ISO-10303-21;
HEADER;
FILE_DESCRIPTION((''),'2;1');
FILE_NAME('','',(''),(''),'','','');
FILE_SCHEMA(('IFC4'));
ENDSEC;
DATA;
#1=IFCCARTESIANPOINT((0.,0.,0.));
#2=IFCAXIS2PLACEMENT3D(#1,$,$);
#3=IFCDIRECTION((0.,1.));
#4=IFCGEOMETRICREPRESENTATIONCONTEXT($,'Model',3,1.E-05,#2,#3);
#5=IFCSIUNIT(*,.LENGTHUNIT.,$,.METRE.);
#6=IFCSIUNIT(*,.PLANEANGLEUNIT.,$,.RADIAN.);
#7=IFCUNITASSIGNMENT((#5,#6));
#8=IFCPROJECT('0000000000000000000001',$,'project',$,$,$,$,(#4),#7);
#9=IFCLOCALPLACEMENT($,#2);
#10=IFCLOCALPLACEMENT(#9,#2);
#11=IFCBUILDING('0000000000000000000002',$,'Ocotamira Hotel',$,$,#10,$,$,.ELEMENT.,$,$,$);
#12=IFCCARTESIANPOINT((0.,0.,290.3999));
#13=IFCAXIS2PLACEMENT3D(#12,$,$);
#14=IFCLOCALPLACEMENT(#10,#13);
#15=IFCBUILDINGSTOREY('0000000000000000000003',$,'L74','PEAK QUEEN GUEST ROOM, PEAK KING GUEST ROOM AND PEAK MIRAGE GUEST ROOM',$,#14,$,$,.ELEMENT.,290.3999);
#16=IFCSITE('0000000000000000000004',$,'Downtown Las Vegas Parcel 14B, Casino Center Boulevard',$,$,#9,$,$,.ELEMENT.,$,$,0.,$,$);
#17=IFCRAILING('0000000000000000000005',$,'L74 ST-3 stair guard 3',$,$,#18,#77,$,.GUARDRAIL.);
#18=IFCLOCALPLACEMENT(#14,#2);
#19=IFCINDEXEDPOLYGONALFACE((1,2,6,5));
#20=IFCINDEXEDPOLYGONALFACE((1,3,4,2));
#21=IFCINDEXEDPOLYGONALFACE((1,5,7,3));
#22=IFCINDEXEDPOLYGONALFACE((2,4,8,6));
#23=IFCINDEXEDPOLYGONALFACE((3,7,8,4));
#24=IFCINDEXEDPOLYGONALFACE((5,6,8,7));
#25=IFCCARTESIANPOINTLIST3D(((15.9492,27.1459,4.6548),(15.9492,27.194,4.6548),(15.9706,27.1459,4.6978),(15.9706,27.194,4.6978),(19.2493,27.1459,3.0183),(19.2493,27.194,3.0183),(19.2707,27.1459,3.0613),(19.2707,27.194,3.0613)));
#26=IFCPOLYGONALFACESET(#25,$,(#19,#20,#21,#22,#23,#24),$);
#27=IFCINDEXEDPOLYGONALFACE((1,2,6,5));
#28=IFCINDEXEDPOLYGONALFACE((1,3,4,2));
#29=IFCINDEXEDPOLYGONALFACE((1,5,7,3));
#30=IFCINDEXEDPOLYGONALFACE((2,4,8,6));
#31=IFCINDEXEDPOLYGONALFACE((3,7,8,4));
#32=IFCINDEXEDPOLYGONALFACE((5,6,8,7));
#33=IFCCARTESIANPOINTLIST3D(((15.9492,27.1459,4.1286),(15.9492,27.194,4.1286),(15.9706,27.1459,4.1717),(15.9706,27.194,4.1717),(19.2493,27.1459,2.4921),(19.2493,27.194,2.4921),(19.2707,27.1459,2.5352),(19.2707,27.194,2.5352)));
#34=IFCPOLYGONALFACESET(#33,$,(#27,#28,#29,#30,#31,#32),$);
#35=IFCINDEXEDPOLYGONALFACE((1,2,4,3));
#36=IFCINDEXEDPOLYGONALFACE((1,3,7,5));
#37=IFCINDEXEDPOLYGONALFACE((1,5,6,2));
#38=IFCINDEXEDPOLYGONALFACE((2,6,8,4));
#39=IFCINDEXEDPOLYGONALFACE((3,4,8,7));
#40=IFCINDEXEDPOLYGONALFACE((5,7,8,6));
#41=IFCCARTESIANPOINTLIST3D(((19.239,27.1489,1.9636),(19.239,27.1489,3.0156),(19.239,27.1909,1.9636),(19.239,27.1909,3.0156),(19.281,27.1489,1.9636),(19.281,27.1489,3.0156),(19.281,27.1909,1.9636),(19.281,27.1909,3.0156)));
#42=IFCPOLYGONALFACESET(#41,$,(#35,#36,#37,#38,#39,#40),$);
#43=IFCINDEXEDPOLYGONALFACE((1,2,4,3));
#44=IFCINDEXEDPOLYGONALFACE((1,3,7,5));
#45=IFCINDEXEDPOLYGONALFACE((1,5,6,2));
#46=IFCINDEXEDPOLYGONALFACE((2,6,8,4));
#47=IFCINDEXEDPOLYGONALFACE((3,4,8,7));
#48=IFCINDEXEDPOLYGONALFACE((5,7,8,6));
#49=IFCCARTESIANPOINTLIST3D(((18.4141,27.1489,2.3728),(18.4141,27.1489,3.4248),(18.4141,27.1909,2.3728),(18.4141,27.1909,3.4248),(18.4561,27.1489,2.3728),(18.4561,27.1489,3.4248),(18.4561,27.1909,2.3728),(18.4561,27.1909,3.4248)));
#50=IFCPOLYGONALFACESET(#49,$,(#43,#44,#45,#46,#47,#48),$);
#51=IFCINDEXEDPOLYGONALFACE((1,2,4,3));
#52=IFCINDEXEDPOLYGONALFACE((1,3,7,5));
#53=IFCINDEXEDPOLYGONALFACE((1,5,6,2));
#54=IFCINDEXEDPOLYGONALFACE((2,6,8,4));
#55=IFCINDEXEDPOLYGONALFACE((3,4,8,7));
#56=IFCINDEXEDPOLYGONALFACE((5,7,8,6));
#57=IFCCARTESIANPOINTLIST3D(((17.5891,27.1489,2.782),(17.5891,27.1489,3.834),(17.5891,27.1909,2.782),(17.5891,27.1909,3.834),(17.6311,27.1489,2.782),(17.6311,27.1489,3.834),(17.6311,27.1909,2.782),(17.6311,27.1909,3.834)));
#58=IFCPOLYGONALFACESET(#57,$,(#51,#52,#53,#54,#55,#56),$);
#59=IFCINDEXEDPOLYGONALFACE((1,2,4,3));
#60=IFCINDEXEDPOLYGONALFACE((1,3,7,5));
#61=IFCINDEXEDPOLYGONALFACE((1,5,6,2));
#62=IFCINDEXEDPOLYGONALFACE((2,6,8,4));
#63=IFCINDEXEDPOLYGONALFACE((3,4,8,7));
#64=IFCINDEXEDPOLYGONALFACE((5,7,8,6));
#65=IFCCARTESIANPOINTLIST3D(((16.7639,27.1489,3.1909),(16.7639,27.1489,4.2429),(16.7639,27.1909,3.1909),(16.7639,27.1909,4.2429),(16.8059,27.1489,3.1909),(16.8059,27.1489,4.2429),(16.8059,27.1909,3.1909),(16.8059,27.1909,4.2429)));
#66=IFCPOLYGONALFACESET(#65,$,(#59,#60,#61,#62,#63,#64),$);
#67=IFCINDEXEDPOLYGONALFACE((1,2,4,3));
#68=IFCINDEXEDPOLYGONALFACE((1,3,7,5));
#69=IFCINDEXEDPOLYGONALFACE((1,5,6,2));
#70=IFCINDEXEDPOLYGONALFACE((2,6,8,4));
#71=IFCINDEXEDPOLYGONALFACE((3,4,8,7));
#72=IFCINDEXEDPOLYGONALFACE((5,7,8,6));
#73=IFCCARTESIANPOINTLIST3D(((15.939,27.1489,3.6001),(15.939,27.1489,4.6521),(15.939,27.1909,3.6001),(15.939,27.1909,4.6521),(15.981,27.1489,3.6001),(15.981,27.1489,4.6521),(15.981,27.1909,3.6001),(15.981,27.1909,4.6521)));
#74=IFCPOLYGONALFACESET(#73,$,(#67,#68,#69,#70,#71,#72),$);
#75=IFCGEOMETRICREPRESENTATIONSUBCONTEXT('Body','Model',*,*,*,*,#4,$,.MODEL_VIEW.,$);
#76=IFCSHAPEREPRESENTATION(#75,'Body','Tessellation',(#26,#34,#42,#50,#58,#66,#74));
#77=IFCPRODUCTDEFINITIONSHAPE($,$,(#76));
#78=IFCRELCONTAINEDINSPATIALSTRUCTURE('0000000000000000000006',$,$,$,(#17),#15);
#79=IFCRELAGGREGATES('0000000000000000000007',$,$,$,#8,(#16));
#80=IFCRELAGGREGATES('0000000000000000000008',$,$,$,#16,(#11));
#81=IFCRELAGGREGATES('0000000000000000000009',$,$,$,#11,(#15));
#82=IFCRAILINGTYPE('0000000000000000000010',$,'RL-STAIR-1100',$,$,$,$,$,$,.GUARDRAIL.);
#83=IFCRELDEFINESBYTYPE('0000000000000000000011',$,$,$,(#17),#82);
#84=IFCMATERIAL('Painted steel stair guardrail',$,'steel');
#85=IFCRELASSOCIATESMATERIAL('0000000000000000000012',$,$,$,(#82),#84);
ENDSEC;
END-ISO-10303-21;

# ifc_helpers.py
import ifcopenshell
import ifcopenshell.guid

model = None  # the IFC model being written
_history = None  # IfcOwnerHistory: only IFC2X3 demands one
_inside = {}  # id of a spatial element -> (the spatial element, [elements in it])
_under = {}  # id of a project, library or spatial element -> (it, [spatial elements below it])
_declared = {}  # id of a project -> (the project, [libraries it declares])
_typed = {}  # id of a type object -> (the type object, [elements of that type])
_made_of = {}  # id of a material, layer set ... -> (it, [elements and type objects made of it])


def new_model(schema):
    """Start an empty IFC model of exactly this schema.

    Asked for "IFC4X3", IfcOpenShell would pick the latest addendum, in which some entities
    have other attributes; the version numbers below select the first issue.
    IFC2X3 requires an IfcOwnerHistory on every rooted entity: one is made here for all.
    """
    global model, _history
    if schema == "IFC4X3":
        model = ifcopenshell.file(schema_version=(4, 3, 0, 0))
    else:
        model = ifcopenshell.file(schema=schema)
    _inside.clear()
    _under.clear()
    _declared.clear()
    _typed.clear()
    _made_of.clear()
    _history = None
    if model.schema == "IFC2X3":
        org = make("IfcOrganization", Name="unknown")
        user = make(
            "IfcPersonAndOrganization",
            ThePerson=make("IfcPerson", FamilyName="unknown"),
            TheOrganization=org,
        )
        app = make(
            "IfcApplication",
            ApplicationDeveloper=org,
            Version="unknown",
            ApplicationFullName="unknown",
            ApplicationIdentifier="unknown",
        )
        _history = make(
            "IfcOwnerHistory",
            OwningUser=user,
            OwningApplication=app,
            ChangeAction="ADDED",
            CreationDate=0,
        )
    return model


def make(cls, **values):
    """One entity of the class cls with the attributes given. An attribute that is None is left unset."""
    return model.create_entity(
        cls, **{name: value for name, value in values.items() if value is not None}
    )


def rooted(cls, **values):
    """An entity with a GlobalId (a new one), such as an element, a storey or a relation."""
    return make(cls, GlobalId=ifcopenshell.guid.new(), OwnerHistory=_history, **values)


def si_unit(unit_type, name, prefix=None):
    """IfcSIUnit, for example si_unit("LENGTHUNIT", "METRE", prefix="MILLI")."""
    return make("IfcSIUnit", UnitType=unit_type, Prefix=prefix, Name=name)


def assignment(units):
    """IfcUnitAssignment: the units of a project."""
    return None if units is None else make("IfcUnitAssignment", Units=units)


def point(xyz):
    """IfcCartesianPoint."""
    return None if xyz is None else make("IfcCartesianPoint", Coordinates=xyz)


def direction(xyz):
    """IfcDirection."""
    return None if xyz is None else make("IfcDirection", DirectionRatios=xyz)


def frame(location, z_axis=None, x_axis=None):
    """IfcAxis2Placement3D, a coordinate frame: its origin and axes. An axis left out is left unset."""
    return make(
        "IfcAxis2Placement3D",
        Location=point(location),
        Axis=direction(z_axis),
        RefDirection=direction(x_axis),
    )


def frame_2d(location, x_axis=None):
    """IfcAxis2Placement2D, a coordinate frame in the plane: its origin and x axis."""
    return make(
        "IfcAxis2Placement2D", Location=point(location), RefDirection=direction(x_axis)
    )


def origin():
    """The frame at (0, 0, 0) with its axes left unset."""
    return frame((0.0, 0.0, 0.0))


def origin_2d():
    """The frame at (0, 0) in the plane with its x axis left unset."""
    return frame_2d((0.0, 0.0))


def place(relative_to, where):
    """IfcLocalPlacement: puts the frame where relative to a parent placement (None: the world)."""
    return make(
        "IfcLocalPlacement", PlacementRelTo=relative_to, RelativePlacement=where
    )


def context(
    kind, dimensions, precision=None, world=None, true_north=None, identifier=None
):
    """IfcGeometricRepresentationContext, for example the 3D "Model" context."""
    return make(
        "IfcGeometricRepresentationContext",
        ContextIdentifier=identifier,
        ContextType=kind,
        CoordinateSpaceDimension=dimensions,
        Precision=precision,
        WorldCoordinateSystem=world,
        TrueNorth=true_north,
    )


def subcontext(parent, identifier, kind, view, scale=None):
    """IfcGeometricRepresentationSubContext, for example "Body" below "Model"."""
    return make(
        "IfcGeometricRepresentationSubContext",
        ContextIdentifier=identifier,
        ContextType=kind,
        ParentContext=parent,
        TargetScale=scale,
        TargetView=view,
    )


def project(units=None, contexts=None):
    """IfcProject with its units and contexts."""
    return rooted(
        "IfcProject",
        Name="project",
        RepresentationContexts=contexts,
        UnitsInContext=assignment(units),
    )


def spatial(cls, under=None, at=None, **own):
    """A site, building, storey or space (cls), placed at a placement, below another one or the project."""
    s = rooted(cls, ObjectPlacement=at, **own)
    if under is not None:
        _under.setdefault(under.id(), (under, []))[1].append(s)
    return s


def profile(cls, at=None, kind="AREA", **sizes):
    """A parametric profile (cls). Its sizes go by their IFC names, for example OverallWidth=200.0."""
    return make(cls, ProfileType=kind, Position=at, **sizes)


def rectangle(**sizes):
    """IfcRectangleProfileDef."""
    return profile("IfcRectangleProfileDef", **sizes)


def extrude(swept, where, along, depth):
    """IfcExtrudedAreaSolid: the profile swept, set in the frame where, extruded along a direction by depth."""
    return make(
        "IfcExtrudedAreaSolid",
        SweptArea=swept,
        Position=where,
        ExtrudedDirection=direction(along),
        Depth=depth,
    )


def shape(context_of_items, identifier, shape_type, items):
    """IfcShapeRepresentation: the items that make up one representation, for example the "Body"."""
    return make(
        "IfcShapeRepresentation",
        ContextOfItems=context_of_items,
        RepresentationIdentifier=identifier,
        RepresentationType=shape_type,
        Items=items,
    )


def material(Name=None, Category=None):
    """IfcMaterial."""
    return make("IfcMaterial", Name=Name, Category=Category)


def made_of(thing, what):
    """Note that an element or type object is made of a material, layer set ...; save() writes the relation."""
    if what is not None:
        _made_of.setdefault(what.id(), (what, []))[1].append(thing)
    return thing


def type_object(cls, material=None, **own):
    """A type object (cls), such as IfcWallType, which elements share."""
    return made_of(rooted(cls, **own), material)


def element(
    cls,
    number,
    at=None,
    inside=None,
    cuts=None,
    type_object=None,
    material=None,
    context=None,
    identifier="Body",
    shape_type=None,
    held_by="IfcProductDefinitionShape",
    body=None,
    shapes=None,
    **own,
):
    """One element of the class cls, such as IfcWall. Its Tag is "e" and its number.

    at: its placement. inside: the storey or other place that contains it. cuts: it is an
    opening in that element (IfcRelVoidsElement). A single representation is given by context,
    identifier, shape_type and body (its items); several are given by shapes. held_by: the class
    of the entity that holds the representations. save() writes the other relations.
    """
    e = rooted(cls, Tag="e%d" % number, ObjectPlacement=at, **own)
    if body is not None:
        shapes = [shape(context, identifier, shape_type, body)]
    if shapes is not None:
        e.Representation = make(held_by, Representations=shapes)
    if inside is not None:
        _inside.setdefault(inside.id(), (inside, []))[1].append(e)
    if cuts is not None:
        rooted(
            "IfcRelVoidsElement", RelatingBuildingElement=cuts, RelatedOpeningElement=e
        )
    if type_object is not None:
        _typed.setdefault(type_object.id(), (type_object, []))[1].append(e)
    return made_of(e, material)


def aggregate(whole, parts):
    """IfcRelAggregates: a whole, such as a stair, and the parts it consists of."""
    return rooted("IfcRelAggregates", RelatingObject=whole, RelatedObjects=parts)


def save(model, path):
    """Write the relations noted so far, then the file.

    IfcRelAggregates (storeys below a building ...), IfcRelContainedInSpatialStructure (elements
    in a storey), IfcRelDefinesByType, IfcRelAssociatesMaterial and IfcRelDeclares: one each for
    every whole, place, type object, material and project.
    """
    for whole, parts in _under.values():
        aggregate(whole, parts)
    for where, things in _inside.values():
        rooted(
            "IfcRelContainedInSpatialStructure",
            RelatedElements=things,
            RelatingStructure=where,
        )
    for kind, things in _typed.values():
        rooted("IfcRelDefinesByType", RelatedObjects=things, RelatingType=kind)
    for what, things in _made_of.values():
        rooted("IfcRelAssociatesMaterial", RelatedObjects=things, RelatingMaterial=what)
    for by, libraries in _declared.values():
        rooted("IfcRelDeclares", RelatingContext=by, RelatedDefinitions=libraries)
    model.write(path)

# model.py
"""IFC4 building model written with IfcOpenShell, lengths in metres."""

from ifc_helpers import new_model, si_unit, direction, frame, origin, origin_2d, place, context, subcontext, project, spatial, rectangle, extrude, material, type_object, element, save


model = new_model("IFC4")

# Units and contexts
model_context = context("Model", 3, precision=1e-05, world=origin(), true_north=direction((0.0, 1.0)))
body_context = subcontext(model_context, "Body", "Model", "MODEL_VIEW")
ifc_project = project(units=[si_unit("LENGTHUNIT", "METRE"), si_unit("PLANEANGLEUNIT", "RADIAN")], contexts=[model_context])

# Site, building, storey
site_placement = place(None, origin())
site = spatial("IfcSite", under=ifc_project, at=site_placement, Name="Downtown Las Vegas Parcel 14B, Casino Center Boulevard", CompositionType="ELEMENT", RefElevation=0.0)
building_placement = place(site_placement, origin())
building = spatial("IfcBuilding", under=site, at=building_placement, Name="Ocotamira Hotel", CompositionType="ELEMENT")
storey_placement = place(building_placement, frame((0.0, 0.0, 290.3999)))
storey = spatial("IfcBuildingStorey", under=building, at=storey_placement, Name="L74", Description="PEAK QUEEN GUEST ROOM, PEAK KING GUEST ROOM AND PEAK MIRAGE GUEST ROOM", CompositionType="ELEMENT", Elevation=290.3999)

# Railing
ifc_material_1 = material(Name="Painted steel stair guardrail", Category="steel")
railing_type_1 = type_object("IfcRailingType", Name="RL-STAIR-1100", PredefinedType="GUARDRAIL", material=ifc_material_1)
railing_1_placement = place(storey_placement, frame((19.26, 27.1699, 1.9636)))
element("IfcRailing", 1, at=railing_1_placement, inside=storey, type_object=railing_type_1, Name="L74 ST-3 stair guard 3", PredefinedType="GUARDRAIL", context=body_context, shape_type="SweptSolid", body=[
    extrude(rectangle(XDim=0.0481, YDim=0.0481, at=origin_2d()), frame((0.0, 0.0, 1.0762), z_axis=(-0.895894, 0.0, 0.444268), x_axis=(0.0, -1.0, 0.0)), (0.0, 0.0, 1.0), 3.6836),
    extrude(rectangle(XDim=0.0481, YDim=0.0481, at=origin_2d()), frame((0.0, 0.0, 0.55), z_axis=(-0.895894, 0.0, 0.444268), x_axis=(0.0, -1.0, 0.0)), (0.0, 0.0, 1.0), 3.6836),
    extrude(rectangle(XDim=0.042, YDim=0.042, at=origin_2d()), origin(), (0.0, 0.0, 1.0), 1.052),
    extrude(rectangle(XDim=0.042, YDim=0.042, at=origin_2d()), frame((-0.825, 0.0, 0.4092)), (0.0, 0.0, 1.0), 1.052),
    extrude(rectangle(XDim=0.042, YDim=0.042, at=origin_2d()), frame((-1.6499, 0.0, 0.8184)), (0.0, 0.0, 1.0), 1.052),
    extrude(rectangle(XDim=0.042, YDim=0.042, at=origin_2d()), frame((-2.4751, 0.0, 1.2273)), (0.0, 0.0, 1.0), 1.052),
    extrude(rectangle(XDim=0.042, YDim=0.042, at=origin_2d()), frame((-3.3, 0.0, 1.6365)), (0.0, 0.0, 1.0), 1.052),
])

save(model, "model.ifc")
